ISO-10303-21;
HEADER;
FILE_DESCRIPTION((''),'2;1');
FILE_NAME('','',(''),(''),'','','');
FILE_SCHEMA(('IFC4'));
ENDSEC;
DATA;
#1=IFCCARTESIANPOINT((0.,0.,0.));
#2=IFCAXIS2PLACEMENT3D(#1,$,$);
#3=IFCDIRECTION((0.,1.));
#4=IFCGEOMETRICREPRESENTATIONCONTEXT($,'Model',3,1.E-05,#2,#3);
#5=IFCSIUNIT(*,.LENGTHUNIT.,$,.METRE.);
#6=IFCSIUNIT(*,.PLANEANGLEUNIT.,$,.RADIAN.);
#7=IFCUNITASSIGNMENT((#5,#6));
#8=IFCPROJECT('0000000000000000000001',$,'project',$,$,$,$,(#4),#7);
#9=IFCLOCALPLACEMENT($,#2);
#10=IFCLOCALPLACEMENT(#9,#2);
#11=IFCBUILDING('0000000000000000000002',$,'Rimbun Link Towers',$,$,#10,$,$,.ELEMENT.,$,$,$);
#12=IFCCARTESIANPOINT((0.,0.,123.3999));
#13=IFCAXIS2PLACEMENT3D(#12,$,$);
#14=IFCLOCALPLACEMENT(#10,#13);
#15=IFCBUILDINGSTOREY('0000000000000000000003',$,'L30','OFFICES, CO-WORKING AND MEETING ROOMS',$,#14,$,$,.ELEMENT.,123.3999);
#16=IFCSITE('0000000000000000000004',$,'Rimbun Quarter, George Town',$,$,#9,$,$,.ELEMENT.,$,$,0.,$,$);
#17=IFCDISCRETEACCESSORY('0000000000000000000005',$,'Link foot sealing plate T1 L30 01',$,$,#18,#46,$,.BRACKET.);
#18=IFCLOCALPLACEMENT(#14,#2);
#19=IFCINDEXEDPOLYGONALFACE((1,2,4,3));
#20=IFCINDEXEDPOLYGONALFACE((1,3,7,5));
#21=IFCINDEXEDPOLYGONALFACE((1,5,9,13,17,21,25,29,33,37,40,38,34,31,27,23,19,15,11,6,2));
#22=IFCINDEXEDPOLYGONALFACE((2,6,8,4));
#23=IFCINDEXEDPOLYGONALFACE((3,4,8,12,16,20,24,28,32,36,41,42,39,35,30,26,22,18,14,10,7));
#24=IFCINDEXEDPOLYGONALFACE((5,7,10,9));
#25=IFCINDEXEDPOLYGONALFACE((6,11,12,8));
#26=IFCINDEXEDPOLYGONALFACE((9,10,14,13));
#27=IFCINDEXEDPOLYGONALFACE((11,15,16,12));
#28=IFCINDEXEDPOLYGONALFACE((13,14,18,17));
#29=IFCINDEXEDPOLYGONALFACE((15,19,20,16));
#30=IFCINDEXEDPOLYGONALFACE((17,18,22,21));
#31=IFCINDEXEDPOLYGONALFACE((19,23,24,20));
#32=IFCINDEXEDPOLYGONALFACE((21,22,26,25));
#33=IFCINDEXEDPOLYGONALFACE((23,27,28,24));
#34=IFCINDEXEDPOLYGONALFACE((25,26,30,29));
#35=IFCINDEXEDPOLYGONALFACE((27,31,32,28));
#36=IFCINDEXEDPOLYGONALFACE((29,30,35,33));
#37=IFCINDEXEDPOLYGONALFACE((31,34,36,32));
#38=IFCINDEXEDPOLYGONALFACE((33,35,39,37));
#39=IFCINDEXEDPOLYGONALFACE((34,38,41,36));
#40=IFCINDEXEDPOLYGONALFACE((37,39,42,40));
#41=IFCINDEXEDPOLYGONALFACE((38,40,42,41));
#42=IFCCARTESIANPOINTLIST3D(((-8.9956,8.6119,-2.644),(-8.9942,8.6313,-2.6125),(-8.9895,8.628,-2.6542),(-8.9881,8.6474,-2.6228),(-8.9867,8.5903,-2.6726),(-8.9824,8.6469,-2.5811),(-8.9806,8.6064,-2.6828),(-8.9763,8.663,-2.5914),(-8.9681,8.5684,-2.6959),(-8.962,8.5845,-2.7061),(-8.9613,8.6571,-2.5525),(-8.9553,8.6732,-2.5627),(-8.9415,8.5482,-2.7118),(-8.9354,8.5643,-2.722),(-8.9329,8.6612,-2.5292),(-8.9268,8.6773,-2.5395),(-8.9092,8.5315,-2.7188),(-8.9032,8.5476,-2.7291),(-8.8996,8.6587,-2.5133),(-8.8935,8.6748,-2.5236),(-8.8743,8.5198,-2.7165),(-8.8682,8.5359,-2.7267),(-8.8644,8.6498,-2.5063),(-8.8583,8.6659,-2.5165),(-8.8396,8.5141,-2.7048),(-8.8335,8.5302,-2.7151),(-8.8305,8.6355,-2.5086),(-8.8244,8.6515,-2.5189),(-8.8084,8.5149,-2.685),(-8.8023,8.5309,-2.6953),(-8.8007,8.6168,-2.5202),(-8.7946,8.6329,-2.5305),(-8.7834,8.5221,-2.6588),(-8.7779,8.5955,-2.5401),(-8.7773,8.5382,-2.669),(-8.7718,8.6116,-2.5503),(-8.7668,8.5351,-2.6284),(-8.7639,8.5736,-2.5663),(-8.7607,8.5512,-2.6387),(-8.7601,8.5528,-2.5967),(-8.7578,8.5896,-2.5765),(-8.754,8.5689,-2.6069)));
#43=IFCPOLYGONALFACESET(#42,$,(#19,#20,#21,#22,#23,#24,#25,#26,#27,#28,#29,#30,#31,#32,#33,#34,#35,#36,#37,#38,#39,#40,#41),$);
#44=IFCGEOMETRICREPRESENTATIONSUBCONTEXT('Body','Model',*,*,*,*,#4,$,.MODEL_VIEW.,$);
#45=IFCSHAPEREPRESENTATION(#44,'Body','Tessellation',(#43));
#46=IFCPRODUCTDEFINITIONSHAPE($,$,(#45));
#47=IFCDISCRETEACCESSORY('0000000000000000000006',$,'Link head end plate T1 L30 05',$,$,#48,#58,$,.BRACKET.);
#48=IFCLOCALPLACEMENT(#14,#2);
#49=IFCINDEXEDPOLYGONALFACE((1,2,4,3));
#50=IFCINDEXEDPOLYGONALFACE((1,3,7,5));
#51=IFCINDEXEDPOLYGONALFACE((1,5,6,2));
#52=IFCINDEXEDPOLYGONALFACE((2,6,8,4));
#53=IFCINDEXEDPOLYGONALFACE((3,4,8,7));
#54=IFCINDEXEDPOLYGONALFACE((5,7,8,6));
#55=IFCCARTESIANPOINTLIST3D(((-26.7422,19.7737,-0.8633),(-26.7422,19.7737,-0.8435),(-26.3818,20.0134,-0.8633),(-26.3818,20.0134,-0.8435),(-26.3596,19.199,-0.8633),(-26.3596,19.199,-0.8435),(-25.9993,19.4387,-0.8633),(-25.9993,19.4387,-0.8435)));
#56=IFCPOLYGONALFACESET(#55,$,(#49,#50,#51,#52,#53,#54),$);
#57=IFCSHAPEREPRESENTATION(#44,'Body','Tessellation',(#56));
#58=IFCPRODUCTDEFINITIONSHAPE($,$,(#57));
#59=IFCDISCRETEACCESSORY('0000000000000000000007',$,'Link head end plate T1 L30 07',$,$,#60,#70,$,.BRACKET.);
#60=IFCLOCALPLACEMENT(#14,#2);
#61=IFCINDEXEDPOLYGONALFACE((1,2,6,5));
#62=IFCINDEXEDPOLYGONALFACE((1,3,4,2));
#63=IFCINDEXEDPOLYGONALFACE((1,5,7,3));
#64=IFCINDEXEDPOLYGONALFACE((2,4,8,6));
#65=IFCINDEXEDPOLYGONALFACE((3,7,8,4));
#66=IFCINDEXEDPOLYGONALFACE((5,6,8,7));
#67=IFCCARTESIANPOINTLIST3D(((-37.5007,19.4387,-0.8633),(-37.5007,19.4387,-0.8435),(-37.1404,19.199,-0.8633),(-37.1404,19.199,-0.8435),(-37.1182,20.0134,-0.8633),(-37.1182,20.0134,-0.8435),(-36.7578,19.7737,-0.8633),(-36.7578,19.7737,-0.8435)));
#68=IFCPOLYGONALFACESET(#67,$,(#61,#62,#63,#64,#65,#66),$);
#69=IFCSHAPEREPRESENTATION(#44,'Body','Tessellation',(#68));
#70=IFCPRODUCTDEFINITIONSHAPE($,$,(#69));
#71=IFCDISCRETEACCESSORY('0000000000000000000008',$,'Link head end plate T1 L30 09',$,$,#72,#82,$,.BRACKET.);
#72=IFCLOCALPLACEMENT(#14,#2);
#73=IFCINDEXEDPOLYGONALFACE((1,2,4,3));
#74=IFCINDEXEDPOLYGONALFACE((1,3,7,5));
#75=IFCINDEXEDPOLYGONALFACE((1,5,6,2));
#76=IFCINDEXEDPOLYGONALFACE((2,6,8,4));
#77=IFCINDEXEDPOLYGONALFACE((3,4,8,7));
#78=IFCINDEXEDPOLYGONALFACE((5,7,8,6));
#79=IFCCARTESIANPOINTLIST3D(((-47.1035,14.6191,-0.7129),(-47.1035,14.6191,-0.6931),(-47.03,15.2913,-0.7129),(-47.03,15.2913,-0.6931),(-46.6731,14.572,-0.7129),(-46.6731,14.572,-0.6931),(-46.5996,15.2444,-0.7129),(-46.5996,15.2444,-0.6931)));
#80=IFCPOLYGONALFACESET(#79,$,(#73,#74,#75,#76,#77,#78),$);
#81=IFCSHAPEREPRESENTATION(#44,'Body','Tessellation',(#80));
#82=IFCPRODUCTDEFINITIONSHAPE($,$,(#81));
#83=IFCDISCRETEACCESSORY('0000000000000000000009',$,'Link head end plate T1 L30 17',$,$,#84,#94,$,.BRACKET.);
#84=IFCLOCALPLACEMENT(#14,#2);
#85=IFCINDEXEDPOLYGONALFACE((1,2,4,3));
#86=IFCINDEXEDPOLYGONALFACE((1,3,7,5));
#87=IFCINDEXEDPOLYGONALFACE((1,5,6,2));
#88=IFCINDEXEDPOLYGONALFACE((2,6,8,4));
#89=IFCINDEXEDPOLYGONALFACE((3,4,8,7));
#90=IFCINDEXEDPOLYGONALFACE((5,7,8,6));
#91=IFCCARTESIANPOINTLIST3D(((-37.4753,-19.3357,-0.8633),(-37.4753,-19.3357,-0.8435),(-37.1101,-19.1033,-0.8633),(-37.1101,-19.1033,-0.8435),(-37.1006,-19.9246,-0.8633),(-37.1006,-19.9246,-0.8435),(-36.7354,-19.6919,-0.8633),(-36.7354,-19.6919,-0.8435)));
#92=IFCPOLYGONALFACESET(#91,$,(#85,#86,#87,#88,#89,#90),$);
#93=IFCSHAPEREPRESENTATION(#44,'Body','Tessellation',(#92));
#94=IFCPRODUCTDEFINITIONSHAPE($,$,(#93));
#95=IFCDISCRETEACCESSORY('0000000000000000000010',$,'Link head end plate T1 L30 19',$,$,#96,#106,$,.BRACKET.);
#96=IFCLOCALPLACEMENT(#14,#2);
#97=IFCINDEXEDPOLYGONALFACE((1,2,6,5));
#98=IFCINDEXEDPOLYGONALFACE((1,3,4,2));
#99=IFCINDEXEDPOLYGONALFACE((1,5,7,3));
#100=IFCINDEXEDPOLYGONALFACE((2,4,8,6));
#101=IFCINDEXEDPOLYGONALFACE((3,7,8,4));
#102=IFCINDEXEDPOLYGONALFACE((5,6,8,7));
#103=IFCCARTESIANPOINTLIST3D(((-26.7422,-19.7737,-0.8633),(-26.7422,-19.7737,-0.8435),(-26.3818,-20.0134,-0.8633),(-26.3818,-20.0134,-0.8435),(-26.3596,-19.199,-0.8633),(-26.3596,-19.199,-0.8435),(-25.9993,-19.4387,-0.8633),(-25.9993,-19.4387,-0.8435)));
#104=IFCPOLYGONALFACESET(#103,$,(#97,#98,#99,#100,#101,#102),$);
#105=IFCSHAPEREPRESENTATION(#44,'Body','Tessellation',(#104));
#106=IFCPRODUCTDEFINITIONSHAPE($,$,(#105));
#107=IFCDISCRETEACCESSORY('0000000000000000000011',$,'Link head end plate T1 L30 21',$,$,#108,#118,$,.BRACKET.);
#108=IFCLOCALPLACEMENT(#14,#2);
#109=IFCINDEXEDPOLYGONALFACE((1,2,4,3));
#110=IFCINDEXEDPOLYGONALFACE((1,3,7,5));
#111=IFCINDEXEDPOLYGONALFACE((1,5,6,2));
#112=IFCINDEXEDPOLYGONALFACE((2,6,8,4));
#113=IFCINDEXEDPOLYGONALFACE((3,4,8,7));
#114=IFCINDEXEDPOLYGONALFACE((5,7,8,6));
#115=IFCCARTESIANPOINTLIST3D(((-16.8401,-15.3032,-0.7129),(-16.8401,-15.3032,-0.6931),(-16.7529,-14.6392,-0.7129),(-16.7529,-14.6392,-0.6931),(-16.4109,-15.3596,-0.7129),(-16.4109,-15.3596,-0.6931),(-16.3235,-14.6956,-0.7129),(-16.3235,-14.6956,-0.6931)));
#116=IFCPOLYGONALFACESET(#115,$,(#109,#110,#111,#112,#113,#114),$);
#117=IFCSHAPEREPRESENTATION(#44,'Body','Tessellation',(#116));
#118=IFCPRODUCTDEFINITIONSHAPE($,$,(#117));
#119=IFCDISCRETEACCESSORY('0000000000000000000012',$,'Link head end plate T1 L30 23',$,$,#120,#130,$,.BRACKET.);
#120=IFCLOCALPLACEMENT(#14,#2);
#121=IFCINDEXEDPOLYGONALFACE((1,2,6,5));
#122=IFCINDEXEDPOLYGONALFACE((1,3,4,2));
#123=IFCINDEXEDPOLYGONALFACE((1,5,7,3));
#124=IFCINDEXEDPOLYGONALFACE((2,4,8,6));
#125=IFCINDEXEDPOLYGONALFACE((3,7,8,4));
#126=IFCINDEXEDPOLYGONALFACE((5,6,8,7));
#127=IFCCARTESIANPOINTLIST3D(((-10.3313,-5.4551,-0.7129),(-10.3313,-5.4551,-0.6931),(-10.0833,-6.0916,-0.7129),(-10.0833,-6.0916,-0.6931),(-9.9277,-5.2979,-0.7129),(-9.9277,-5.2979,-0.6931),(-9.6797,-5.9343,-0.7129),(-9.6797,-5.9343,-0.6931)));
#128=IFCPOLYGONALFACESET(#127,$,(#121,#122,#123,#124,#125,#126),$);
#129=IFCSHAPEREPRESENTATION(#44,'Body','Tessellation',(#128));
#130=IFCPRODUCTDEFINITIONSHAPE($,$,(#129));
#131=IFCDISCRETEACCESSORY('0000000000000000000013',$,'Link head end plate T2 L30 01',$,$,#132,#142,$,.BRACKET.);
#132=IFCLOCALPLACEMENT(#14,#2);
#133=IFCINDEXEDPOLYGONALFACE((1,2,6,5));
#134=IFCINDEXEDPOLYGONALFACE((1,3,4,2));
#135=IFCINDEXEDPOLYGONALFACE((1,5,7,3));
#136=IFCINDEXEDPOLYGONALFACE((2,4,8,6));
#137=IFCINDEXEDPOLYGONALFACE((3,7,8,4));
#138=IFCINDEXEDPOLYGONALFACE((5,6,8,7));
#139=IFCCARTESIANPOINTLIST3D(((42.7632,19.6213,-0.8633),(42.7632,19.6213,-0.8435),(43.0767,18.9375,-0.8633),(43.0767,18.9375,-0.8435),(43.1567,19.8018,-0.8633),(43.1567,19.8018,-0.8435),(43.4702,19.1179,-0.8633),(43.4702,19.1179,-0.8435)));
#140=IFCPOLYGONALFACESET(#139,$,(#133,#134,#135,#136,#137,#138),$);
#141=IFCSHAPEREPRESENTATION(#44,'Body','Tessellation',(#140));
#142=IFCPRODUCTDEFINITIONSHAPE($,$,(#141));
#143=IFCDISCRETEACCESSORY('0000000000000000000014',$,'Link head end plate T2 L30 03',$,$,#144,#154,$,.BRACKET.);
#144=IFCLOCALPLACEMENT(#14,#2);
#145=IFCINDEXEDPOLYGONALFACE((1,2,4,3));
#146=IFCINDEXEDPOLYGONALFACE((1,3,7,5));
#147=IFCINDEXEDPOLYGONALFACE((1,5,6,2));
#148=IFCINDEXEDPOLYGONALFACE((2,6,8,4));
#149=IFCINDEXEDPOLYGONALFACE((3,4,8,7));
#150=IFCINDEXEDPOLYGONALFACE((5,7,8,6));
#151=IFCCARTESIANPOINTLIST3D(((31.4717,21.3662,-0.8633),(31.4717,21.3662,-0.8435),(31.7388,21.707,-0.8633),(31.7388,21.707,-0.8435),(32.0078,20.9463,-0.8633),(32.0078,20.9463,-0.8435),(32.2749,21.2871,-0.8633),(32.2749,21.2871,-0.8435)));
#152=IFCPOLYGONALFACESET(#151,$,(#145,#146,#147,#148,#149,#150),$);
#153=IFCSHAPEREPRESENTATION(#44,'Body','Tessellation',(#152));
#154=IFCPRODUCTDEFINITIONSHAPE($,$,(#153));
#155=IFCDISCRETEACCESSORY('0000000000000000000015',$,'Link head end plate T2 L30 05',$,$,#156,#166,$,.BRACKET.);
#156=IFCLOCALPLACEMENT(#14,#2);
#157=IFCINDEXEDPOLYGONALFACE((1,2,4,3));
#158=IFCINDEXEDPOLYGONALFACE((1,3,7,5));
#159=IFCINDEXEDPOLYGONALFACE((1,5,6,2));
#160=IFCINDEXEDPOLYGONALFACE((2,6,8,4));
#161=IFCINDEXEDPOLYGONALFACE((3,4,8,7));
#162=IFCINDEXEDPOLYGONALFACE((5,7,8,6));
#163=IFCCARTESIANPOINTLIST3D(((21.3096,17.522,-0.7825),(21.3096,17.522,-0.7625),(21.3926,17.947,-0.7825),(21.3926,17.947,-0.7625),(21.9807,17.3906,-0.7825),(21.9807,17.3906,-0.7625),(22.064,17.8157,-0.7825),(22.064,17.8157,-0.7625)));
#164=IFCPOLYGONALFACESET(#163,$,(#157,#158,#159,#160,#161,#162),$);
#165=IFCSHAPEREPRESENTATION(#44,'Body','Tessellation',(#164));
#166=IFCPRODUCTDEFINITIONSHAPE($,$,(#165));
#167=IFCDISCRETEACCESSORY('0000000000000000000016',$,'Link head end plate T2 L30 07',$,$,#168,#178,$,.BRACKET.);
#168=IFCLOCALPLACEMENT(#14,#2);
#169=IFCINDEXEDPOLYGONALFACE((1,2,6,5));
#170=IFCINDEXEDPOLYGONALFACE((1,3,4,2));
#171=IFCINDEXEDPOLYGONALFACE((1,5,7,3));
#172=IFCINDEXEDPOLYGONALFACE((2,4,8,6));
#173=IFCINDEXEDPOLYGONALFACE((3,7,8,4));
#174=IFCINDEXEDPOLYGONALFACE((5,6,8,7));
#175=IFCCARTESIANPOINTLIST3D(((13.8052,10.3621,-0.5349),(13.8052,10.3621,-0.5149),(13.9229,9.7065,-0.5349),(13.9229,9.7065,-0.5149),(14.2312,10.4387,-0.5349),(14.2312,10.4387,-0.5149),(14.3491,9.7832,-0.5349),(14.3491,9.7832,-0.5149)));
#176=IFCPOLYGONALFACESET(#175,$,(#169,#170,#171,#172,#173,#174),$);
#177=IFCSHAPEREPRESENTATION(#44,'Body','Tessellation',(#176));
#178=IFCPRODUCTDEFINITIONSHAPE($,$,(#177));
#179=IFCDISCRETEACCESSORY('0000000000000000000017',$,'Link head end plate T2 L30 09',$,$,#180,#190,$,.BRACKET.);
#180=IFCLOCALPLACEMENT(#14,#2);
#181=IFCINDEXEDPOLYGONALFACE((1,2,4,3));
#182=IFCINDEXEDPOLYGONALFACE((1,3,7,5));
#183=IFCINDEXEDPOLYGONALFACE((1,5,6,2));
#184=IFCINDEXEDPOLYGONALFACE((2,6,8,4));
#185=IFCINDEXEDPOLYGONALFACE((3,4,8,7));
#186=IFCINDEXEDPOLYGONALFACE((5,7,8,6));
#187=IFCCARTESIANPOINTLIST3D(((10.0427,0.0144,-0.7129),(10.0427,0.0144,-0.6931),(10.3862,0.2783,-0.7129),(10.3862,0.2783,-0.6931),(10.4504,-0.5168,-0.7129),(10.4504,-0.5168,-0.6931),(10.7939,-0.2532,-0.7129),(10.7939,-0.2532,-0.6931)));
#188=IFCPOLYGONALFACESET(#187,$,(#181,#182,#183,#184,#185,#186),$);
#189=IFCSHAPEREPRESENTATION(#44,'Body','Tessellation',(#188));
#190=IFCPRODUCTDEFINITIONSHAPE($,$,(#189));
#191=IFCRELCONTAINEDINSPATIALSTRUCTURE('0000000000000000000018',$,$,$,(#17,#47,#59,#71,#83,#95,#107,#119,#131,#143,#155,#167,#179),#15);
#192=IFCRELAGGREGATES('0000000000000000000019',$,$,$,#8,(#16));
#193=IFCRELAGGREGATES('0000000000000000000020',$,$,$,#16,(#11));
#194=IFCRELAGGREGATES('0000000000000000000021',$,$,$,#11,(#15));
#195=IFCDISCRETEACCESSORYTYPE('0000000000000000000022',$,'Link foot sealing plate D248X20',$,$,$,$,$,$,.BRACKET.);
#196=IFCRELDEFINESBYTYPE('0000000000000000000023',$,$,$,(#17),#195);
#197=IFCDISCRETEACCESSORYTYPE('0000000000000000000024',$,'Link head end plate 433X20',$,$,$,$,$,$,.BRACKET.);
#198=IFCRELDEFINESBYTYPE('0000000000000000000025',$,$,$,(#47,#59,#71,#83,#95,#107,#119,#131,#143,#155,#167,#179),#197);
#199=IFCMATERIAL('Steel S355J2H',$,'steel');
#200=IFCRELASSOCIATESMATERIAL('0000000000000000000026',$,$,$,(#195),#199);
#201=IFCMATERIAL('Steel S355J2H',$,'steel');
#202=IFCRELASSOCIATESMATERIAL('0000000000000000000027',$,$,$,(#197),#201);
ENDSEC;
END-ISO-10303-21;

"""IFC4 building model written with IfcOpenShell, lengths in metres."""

from ifc_helpers import new_model, si_unit, direction, frame, origin, origin_2d, place, context, subcontext, project, spatial, polyline, rectangle, circle, outline, extrude, material, material_profile, profile_set, type_object, element, save


model = new_model("IFC4")

# Units and contexts
model_context = context("Model", 3, precision=1e-05, world=origin(), true_north=direction((0.0, 1.0)))
body_context = subcontext(model_context, "Body", "Model", "MODEL_VIEW")
ifc_project = project(units=[si_unit("LENGTHUNIT", "METRE"), si_unit("PLANEANGLEUNIT", "RADIAN")], contexts=[model_context])

# Site, building, storey
site_placement = place(None, origin())
site = spatial("IfcSite", under=ifc_project, at=site_placement, Name="Rimbun Quarter, George Town", CompositionType="ELEMENT", RefElevation=0.0)
building_placement = place(site_placement, origin())
building = spatial("IfcBuilding", under=site, at=building_placement, Name="Rimbun Link Towers", CompositionType="ELEMENT")
storey_placement = place(building_placement, frame((0.0, 0.0, 123.3999)))
storey = spatial("IfcBuildingStorey", under=building, at=storey_placement, Name="L30", Description="OFFICES, CO-WORKING AND MEETING ROOMS", CompositionType="ELEMENT", Elevation=123.3999)

# Discrete accessories
ifc_material_1 = material(Name="Steel S355J2H", Category="steel")
ifc_material_profile_1 = material_profile(ifc_material_1, circle(Radius=0.124, at=origin_2d()), Name="PL D248")
ifc_profile_set_1 = profile_set([ifc_material_profile_1], Name="Steel S355J2H")
discrete_accessory_type_1 = type_object("IfcDiscreteAccessoryType", Name="Link foot sealing plate D248X20", PredefinedType="BRACKET", material=ifc_profile_set_1)
discrete_accessory_1_placement = place(storey_placement, frame((-8.8782, 8.5874, -2.6125), z_axis=(0.304403, 0.803624, -0.511397), x_axis=(-0.935159, 0.354227, 0.0)))
element("IfcDiscreteAccessory", 1, at=discrete_accessory_1_placement, inside=storey, type_object=discrete_accessory_type_1, Name="Link foot sealing plate T1 L30 01", PredefinedType="BRACKET", context=body_context, shape_type="SweptSolid", body=[
    extrude(circle(Radius=0.124, at=origin_2d()), origin(), (0.0, 0.0, 1.0), 0.02),
])
ifc_material_2 = material(Name="Steel S355J2H", Category="steel")
ifc_material_profile_2 = material_profile(ifc_material_2, rectangle(XDim=0.4331, YDim=0.4331, at=origin_2d()), Name="PL 433x433")
ifc_profile_set_2 = profile_set([ifc_material_profile_2], Name="Steel S355J2H")
discrete_accessory_type_2 = type_object("IfcDiscreteAccessoryType", Name="Link head end plate 433X20", PredefinedType="BRACKET", material=ifc_profile_set_2)
discrete_accessory_2_placement = place(storey_placement, frame((0.0, 0.0, -0.8633)))
element("IfcDiscreteAccessory", 2, at=discrete_accessory_2_placement, inside=storey, type_object=discrete_accessory_type_2, Name="Link head end plate T1 L30 05", PredefinedType="BRACKET", context=body_context, shape_type="SweptSolid", body=[
    extrude(outline(polyline([(-25.9993, 19.4387), (-26.3818, 20.0134), (-26.7422, 19.7737), (-26.3596, 19.199), (-25.9993, 19.4387)])), origin(), (0.0, 0.0, 1.0), 0.0198),
])
discrete_accessory_3_placement = place(storey_placement, frame((0.0, 0.0, -0.8633)))
element("IfcDiscreteAccessory", 3, at=discrete_accessory_3_placement, inside=storey, type_object=discrete_accessory_type_2, Name="Link head end plate T1 L30 07", PredefinedType="BRACKET", context=body_context, shape_type="SweptSolid", body=[
    extrude(outline(polyline([(-37.1404, 19.199), (-36.7578, 19.7737), (-37.1182, 20.0134), (-37.5007, 19.4387), (-37.1404, 19.199)])), origin(), (0.0, 0.0, 1.0), 0.0198),
])
discrete_accessory_4_placement = place(storey_placement, frame((0.0, 0.0, -0.7129)))
element("IfcDiscreteAccessory", 4, at=discrete_accessory_4_placement, inside=storey, type_object=discrete_accessory_type_2, Name="Link head end plate T1 L30 09", PredefinedType="BRACKET", context=body_context, shape_type="SweptSolid", body=[
    extrude(outline(polyline([(-46.6731, 14.572), (-46.5996, 15.2444), (-47.03, 15.2913), (-47.1035, 14.6191), (-46.6731, 14.572)])), origin(), (0.0, 0.0, 1.0), 0.0198),
])
discrete_accessory_5_placement = place(storey_placement, frame((0.0, 0.0, -0.8633)))
element("IfcDiscreteAccessory", 5, at=discrete_accessory_5_placement, inside=storey, type_object=discrete_accessory_type_2, Name="Link head end plate T1 L30 17", PredefinedType="BRACKET", context=body_context, shape_type="SweptSolid", body=[
    extrude(outline(polyline([(-37.4753, -19.3357), (-37.1006, -19.9246), (-36.7354, -19.6919), (-37.1101, -19.1033), (-37.4753, -19.3357)])), origin(), (0.0, 0.0, 1.0), 0.0198),
])
discrete_accessory_6_placement = place(storey_placement, frame((0.0, 0.0, -0.8633)))
element("IfcDiscreteAccessory", 6, at=discrete_accessory_6_placement, inside=storey, type_object=discrete_accessory_type_2, Name="Link head end plate T1 L30 19", PredefinedType="BRACKET", context=body_context, shape_type="SweptSolid", body=[
    extrude(outline(polyline([(-26.3596, -19.199), (-26.7422, -19.7737), (-26.3818, -20.0134), (-25.9993, -19.4387), (-26.3596, -19.199)])), origin(), (0.0, 0.0, 1.0), 0.0198),
])
discrete_accessory_7_placement = place(storey_placement, frame((0.0, 0.0, -0.7129)))
element("IfcDiscreteAccessory", 7, at=discrete_accessory_7_placement, inside=storey, type_object=discrete_accessory_type_2, Name="Link head end plate T1 L30 21", PredefinedType="BRACKET", context=body_context, shape_type="SweptSolid", body=[
    extrude(outline(polyline([(-16.7529, -14.6392), (-16.8401, -15.3032), (-16.4109, -15.3596), (-16.3235, -14.6956), (-16.7529, -14.6392)])), origin(), (0.0, 0.0, 1.0), 0.0198),
])
discrete_accessory_8_placement = place(storey_placement, frame((0.0, 0.0, -0.7129)))
element("IfcDiscreteAccessory", 8, at=discrete_accessory_8_placement, inside=storey, type_object=discrete_accessory_type_2, Name="Link head end plate T1 L30 23", PredefinedType="BRACKET", context=body_context, shape_type="SweptSolid", body=[
    extrude(outline(polyline([(-10.3313, -5.4551), (-10.0833, -6.0916), (-9.6797, -5.9343), (-9.9277, -5.2979), (-10.3313, -5.4551)])), origin(), (0.0, 0.0, 1.0), 0.0198),
])
discrete_accessory_9_placement = place(storey_placement, frame((0.0, 0.0, -0.8633)))
element("IfcDiscreteAccessory", 9, at=discrete_accessory_9_placement, inside=storey, type_object=discrete_accessory_type_2, Name="Link head end plate T2 L30 01", PredefinedType="BRACKET", context=body_context, shape_type="SweptSolid", body=[
    extrude(outline(polyline([(43.4702, 19.1179), (43.1567, 19.8018), (42.7632, 19.6213), (43.0767, 18.9375), (43.4702, 19.1179)])), origin(), (0.0, 0.0, 1.0), 0.0198),
])
discrete_accessory_10_placement = place(storey_placement, frame((0.0, 0.0, -0.8633)))
element("IfcDiscreteAccessory", 10, at=discrete_accessory_10_placement, inside=storey, type_object=discrete_accessory_type_2, Name="Link head end plate T2 L30 03", PredefinedType="BRACKET", context=body_context, shape_type="SweptSolid", body=[
    extrude(outline(polyline([(32.2749, 21.2871), (31.7388, 21.707), (31.4717, 21.3662), (32.0078, 20.9463), (32.2749, 21.2871)])), origin(), (0.0, 0.0, 1.0), 0.0198),
])
discrete_accessory_11_placement = place(storey_placement, frame((0.0, 0.0, -0.7825)))
element("IfcDiscreteAccessory", 11, at=discrete_accessory_11_placement, inside=storey, type_object=discrete_accessory_type_2, Name="Link head end plate T2 L30 05", PredefinedType="BRACKET", context=body_context, shape_type="SweptSolid", body=[
    extrude(outline(polyline([(22.064, 17.8157), (21.3926, 17.947), (21.3096, 17.522), (21.9807, 17.3906), (22.064, 17.8157)])), origin(), (0.0, 0.0, 1.0), 0.02),
])
discrete_accessory_12_placement = place(storey_placement, frame((0.0, 0.0, -0.5349)))
element("IfcDiscreteAccessory", 12, at=discrete_accessory_12_placement, inside=storey, type_object=discrete_accessory_type_2, Name="Link head end plate T2 L30 07", PredefinedType="BRACKET", context=body_context, shape_type="SweptSolid", body=[
    extrude(outline(polyline([(14.3491, 9.7832), (14.2312, 10.4387), (13.8052, 10.3621), (13.9229, 9.7065), (14.3491, 9.7832)])), origin(), (0.0, 0.0, 1.0), 0.02),
])
discrete_accessory_13_placement = place(storey_placement, frame((0.0, 0.0, -0.7129)))
element("IfcDiscreteAccessory", 13, at=discrete_accessory_13_placement, inside=storey, type_object=discrete_accessory_type_2, Name="Link head end plate T2 L30 09", PredefinedType="BRACKET", context=body_context, shape_type="SweptSolid", body=[
    extrude(outline(polyline([(10.7939, -0.2532), (10.3862, 0.2783), (10.0427, 0.0144), (10.4504, -0.5168), (10.7939, -0.2532)])), origin(), (0.0, 0.0, 1.0), 0.0198),
])

save(model, "model.ifc")
